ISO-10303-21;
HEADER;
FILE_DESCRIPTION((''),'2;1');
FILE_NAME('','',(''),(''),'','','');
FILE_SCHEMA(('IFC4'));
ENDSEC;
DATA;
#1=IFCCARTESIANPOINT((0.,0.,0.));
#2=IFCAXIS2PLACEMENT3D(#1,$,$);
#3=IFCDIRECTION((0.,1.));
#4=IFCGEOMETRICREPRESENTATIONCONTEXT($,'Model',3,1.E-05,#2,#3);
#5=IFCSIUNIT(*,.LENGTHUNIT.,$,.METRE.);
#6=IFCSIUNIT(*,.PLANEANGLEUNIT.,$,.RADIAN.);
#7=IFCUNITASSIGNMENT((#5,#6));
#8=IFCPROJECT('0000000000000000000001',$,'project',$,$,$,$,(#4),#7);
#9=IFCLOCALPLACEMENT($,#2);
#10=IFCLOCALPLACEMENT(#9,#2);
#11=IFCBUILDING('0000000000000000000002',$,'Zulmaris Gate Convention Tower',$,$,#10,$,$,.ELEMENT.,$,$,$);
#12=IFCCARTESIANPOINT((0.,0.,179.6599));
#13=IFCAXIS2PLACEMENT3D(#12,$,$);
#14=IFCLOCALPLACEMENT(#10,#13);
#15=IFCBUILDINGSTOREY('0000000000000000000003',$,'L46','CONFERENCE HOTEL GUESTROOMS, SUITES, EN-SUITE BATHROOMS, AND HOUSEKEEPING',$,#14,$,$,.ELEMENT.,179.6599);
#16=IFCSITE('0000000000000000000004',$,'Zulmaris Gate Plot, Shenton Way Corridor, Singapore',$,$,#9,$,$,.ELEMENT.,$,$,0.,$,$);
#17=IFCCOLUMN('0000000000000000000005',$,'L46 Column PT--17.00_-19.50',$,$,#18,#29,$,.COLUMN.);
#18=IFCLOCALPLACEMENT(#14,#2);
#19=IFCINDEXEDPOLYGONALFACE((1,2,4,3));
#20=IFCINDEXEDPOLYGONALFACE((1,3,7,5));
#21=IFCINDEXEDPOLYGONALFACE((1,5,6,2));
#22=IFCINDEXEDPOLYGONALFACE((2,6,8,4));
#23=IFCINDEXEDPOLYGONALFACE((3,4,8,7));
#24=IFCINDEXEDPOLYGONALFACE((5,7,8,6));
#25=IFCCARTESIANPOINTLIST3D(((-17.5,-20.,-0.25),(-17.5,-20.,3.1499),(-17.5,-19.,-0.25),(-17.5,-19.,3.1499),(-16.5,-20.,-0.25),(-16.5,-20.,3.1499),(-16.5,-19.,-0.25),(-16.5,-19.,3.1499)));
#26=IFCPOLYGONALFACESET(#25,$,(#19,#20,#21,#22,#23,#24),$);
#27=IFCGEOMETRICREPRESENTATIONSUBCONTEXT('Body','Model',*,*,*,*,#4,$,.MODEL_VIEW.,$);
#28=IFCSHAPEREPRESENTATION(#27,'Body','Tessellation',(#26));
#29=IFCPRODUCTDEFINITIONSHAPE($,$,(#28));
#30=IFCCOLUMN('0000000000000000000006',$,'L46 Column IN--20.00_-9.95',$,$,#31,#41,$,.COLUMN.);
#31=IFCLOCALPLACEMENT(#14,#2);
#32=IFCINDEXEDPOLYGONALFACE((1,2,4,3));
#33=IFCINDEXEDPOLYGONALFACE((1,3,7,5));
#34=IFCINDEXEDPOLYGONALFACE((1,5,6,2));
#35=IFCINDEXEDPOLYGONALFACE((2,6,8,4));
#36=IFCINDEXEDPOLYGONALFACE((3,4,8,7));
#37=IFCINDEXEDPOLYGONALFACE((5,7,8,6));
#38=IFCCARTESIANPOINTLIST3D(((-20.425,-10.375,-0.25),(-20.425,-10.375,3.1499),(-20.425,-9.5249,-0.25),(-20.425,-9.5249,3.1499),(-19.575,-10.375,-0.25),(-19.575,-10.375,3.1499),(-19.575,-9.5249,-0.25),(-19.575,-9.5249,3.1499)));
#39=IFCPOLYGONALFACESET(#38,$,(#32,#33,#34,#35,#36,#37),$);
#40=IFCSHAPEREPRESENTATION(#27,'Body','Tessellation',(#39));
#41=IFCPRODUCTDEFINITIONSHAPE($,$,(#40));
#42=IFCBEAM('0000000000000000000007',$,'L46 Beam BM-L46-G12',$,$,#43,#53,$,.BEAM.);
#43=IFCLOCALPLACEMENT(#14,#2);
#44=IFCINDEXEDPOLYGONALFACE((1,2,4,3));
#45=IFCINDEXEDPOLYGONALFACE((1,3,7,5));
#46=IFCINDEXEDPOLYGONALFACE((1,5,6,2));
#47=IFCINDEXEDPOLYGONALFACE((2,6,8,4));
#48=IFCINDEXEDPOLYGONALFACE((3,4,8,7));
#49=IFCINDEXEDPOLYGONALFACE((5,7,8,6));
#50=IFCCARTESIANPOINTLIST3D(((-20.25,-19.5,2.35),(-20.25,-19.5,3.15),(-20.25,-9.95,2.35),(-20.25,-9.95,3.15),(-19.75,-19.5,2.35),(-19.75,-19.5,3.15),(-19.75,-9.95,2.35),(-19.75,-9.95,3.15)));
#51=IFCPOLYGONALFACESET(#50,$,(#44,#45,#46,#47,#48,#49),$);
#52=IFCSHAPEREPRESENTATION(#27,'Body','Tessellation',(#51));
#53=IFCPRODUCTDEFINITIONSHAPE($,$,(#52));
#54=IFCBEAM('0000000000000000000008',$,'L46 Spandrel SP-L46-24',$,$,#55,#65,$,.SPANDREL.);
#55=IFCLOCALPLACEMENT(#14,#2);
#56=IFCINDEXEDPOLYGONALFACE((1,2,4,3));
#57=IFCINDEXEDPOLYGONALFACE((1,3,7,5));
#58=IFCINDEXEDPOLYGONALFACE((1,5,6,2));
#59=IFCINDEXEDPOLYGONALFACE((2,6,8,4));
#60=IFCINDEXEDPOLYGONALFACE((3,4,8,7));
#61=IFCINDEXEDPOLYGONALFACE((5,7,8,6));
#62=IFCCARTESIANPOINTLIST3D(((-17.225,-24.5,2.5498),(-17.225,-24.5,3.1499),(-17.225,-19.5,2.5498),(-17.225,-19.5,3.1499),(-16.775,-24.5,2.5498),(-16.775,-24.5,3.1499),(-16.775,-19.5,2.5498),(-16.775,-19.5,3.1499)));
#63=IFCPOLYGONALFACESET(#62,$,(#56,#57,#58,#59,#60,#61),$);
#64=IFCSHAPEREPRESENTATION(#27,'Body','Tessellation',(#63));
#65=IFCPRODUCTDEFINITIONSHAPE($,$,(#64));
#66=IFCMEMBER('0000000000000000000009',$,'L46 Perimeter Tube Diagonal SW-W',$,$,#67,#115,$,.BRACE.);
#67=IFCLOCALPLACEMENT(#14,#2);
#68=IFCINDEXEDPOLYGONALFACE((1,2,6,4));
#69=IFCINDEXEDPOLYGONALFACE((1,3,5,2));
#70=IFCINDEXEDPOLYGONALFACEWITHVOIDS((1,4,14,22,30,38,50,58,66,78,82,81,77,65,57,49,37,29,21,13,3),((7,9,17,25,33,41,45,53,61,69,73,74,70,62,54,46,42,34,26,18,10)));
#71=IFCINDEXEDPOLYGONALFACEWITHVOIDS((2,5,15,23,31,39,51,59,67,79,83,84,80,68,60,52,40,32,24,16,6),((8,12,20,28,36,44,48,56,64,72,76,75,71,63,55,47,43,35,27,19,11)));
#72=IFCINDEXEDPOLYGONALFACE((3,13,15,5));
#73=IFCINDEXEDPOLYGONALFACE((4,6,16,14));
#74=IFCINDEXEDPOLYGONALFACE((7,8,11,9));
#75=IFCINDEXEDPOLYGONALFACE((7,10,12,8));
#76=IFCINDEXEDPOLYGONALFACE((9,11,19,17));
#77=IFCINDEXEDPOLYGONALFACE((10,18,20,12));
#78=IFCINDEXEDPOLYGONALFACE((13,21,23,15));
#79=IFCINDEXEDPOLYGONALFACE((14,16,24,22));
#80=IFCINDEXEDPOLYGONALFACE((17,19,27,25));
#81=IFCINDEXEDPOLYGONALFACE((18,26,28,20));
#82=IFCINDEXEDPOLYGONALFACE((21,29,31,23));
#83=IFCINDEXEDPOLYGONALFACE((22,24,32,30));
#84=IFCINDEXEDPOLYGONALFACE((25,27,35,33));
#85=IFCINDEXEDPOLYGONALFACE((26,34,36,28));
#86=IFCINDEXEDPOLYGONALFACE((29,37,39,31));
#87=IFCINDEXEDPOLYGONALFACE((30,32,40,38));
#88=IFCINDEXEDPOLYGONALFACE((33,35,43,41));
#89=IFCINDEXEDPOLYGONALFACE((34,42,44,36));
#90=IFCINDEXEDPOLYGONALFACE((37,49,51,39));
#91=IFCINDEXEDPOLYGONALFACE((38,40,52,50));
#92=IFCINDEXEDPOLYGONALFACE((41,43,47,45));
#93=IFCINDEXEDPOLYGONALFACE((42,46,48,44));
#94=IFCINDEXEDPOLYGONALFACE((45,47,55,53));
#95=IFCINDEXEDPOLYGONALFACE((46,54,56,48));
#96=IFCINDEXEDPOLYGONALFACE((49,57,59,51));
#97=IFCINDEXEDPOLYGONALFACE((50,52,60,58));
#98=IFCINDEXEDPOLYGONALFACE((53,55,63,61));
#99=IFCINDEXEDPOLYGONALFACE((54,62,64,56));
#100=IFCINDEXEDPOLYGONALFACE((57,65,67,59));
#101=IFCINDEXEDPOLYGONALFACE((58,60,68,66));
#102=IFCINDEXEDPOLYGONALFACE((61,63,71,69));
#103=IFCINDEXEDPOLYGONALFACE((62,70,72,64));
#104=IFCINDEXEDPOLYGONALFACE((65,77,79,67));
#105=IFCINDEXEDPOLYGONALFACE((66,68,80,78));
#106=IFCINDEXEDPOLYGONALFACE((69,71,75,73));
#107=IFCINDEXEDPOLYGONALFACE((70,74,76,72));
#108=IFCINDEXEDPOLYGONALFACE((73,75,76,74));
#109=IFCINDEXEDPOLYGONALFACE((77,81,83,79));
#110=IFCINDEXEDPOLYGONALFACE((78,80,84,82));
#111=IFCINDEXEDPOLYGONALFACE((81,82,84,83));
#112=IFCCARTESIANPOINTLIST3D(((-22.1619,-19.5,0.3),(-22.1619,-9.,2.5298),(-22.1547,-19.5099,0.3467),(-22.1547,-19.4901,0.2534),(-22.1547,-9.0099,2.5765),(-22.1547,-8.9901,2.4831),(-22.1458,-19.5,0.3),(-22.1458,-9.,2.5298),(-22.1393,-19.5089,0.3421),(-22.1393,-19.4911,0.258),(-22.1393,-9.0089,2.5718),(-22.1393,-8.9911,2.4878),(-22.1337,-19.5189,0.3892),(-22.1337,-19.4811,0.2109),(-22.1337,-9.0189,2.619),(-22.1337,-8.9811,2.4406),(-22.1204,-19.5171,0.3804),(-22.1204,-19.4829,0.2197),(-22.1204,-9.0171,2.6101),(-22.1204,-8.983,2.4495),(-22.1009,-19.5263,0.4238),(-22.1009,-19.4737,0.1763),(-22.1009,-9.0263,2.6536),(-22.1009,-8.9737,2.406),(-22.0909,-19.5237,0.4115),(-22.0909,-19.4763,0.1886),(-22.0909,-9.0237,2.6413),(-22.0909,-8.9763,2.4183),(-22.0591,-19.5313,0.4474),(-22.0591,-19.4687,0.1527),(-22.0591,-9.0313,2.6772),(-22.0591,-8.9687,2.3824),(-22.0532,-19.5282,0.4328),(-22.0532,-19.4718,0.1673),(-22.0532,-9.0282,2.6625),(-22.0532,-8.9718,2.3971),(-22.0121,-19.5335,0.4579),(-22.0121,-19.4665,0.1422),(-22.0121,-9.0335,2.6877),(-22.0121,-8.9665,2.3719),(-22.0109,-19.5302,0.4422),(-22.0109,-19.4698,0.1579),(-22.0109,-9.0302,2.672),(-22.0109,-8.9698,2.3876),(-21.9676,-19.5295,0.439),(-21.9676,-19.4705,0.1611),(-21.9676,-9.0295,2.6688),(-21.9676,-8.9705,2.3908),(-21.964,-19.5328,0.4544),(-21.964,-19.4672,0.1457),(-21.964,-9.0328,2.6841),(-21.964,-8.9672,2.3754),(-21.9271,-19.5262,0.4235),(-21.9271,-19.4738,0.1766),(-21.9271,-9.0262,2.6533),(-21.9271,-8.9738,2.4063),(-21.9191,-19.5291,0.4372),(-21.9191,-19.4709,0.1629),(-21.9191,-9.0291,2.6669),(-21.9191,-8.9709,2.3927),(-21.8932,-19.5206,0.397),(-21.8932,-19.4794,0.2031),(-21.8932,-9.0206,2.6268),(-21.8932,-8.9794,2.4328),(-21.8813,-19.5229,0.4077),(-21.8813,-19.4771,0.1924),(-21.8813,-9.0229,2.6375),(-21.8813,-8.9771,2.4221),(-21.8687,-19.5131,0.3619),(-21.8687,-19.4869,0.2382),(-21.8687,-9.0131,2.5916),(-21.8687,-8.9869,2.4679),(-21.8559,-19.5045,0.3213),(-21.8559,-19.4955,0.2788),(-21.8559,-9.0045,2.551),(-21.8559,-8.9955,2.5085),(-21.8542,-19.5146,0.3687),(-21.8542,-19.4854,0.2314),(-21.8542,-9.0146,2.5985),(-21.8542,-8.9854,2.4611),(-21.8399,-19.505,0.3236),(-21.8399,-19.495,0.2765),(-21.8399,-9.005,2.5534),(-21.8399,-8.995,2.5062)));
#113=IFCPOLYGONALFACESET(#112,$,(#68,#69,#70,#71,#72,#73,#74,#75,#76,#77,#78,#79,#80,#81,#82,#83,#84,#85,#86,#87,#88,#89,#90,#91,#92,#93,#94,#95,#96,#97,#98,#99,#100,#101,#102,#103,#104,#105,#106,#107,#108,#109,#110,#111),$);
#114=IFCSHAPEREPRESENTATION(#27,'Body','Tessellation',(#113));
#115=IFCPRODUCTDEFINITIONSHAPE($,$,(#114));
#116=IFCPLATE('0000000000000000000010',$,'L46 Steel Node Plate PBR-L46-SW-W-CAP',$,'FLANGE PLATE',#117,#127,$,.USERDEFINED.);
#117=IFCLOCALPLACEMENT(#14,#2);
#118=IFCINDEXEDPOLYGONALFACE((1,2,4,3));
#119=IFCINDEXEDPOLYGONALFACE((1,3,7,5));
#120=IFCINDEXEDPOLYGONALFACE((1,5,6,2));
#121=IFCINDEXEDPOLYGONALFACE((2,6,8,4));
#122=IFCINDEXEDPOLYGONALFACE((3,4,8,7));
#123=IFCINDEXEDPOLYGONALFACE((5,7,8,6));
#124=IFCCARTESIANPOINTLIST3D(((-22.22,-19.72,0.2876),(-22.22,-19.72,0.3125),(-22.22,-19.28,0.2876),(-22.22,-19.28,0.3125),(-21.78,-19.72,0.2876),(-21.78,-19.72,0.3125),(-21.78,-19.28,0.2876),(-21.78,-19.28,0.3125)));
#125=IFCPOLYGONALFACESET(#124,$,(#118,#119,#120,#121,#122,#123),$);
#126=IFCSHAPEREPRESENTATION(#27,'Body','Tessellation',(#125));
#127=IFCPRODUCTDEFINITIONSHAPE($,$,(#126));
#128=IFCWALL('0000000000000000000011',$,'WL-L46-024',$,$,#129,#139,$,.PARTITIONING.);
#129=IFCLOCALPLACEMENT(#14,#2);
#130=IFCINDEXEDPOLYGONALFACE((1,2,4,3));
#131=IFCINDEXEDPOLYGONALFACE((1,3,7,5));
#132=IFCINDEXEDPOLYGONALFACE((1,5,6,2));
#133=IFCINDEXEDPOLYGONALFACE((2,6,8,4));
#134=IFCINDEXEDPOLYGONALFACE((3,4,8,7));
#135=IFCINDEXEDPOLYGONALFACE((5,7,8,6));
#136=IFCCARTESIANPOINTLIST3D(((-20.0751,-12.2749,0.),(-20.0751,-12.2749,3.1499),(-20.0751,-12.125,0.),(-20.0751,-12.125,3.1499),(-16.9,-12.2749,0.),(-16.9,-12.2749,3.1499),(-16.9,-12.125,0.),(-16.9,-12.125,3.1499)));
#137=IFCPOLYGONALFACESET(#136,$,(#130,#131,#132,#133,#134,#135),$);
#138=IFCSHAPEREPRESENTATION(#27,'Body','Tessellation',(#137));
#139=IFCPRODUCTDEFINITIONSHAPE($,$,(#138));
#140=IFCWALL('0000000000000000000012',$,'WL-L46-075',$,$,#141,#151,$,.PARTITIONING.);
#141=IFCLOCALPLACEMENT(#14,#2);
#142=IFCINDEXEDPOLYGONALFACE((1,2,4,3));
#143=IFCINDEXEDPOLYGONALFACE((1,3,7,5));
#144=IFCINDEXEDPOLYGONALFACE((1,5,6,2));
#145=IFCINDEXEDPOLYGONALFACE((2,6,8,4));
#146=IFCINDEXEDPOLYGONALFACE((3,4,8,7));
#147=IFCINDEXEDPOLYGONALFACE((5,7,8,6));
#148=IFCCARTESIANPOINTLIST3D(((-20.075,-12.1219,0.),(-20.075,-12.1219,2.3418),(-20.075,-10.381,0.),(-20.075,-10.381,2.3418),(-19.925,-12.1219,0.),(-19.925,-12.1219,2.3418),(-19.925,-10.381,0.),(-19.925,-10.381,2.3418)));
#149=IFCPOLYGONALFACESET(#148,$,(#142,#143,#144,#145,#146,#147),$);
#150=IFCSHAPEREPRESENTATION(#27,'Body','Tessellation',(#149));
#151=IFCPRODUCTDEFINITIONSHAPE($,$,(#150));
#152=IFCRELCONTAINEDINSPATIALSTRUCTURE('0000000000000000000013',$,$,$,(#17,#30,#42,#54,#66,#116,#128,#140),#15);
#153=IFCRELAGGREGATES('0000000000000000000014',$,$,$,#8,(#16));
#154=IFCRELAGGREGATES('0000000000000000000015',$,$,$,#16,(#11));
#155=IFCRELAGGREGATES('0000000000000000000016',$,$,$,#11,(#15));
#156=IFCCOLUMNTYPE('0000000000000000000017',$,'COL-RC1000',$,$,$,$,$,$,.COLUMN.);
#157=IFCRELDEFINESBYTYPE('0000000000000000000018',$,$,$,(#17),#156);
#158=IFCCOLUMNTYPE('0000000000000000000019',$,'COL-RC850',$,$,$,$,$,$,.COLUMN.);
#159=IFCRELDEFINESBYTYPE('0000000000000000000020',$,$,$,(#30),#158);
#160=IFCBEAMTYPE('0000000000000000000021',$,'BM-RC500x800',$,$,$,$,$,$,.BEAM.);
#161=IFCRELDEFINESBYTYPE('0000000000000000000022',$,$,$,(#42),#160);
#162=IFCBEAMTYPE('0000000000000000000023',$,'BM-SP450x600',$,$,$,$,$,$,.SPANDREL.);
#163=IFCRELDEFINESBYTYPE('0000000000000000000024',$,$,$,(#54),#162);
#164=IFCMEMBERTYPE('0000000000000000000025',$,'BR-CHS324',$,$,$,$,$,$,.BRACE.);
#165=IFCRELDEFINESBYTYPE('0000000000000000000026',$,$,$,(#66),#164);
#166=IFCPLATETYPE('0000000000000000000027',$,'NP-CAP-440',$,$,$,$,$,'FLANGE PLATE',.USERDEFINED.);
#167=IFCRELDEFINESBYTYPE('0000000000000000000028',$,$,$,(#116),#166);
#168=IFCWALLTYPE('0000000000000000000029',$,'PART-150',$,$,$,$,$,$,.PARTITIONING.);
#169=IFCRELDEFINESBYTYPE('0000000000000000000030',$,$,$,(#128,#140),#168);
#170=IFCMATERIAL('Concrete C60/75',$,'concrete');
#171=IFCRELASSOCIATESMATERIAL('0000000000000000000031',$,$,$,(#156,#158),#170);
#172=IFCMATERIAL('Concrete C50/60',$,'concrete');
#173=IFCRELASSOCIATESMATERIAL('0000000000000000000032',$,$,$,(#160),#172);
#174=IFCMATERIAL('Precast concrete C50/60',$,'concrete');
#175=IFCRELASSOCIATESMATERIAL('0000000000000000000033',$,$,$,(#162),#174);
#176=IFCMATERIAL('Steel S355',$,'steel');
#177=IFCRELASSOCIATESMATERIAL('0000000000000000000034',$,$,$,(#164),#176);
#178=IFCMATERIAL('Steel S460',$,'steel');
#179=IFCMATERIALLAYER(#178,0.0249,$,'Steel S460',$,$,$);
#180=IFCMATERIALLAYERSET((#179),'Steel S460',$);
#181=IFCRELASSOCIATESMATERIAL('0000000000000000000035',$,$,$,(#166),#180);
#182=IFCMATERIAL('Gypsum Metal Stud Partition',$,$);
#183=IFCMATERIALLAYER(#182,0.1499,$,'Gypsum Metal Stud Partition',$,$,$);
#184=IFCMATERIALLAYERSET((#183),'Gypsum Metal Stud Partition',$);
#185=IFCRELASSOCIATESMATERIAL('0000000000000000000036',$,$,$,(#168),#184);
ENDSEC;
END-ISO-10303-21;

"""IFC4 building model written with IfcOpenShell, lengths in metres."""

from ifc_helpers import new_model, si_unit, direction, frame, frame_2d, origin, origin_2d, place, context, subcontext, project, spatial, rectangle, hollow_circle, extrude, material, layer, layer_set, material_profile, profile_set, type_object, element, save


model = new_model("IFC4")

# Units and contexts
model_context = context("Model", 3, precision=1e-05, world=origin(), true_north=direction((0.0, 1.0)))
body_context = subcontext(model_context, "Body", "Model", "MODEL_VIEW")
ifc_project = project(units=[si_unit("LENGTHUNIT", "METRE"), si_unit("PLANEANGLEUNIT", "RADIAN")], contexts=[model_context])

# Site, building, storey
site_placement = place(None, origin())
site = spatial("IfcSite", under=ifc_project, at=site_placement, Name="Zulmaris Gate Plot, Shenton Way Corridor, Singapore", CompositionType="ELEMENT", RefElevation=0.0)
building_placement = place(site_placement, origin())
building = spatial("IfcBuilding", under=site, at=building_placement, Name="Zulmaris Gate Convention Tower", CompositionType="ELEMENT")
storey_placement = place(building_placement, frame((0.0, 0.0, 179.6599)))
storey = spatial("IfcBuildingStorey", under=building, at=storey_placement, Name="L46", Description="CONFERENCE HOTEL GUESTROOMS, SUITES, EN-SUITE BATHROOMS, AND HOUSEKEEPING", CompositionType="ELEMENT", Elevation=179.6599)

# Columns
ifc_material_1 = material(Name="Concrete C60/75", Category="concrete")
ifc_material_profile_1 = material_profile(ifc_material_1, rectangle(XDim=1.0, YDim=1.0, at=origin_2d()), Name="RC COL 1000x1000")
ifc_profile_set_1 = profile_set([ifc_material_profile_1], Name="Concrete C60/75")
column_type_1 = type_object("IfcColumnType", Name="COL-RC1000", PredefinedType="COLUMN", material=ifc_profile_set_1)
column_1_placement = place(storey_placement, frame((-17.0, -19.5, -0.25), z_axis=(0.0, 0.0, 1.0), x_axis=(1.0, 0.0, 0.0)))
element("IfcColumn", 1, at=column_1_placement, inside=storey, type_object=column_type_1, Name="L46 Column PT--17.00_-19.50", PredefinedType="COLUMN", context=body_context, shape_type="SweptSolid", body=[
    extrude(rectangle(XDim=1.0, YDim=1.0, at=origin_2d()), origin(), (0.0, 0.0, 1.0), 3.3999),
])
ifc_material_profile_2 = material_profile(ifc_material_1, rectangle(XDim=0.8501, YDim=0.8501, at=origin_2d()), Name="RC COL 850x850")
ifc_profile_set_2 = profile_set([ifc_material_profile_2], Name="Concrete C60/75")
column_type_2 = type_object("IfcColumnType", Name="COL-RC850", PredefinedType="COLUMN", material=ifc_profile_set_2)
column_2_placement = place(storey_placement, frame((-20.0, -9.95, -0.25), z_axis=(0.0, 0.0, 1.0), x_axis=(1.0, 0.0, 0.0)))
element("IfcColumn", 2, at=column_2_placement, inside=storey, type_object=column_type_2, Name="L46 Column IN--20.00_-9.95", PredefinedType="COLUMN", context=body_context, shape_type="SweptSolid", body=[
    extrude(rectangle(XDim=0.8501, YDim=0.8501, at=origin_2d()), origin(), (0.0, 0.0, 1.0), 3.3999),
])

# Beams
ifc_material_2 = material(Name="Concrete C50/60", Category="concrete")
ifc_material_profile_3 = material_profile(ifc_material_2, rectangle(XDim=0.5, YDim=0.8, at=origin_2d()), Name="RC BEAM 500x800")
ifc_profile_set_3 = profile_set([ifc_material_profile_3], Name="Concrete C50/60")
beam_type_1 = type_object("IfcBeamType", Name="BM-RC500x800", PredefinedType="BEAM", material=ifc_profile_set_3)
beam_1_placement = place(storey_placement, frame((-20.0, -19.5, 2.75), z_axis=(0.0, 1.0, 0.0), x_axis=(-1.0, 0.0, 0.0)))
element("IfcBeam", 3, at=beam_1_placement, inside=storey, type_object=beam_type_1, Name="L46 Beam BM-L46-G12", PredefinedType="BEAM", context=body_context, shape_type="SweptSolid", body=[
    extrude(rectangle(XDim=0.5, YDim=0.8, at=origin_2d()), origin(), (0.0, 0.0, 1.0), 9.55),
])
ifc_material_3 = material(Name="Precast concrete C50/60", Category="concrete")
ifc_material_profile_4 = material_profile(ifc_material_3, rectangle(XDim=0.45, YDim=0.6001, at=origin_2d()), Name="RC SPANDREL 450x600")
ifc_profile_set_4 = profile_set([ifc_material_profile_4], Name="Precast concrete C50/60")
beam_type_2 = type_object("IfcBeamType", Name="BM-SP450x600", PredefinedType="SPANDREL", material=ifc_profile_set_4)
beam_2_placement = place(storey_placement, frame((-17.0, -19.5, 2.8499), z_axis=(0.0, -1.0, 0.0), x_axis=(1.0, 0.0, 0.0)))
element("IfcBeam", 4, at=beam_2_placement, inside=storey, type_object=beam_type_2, Name="L46 Spandrel SP-L46-24", PredefinedType="SPANDREL", context=body_context, shape_type="SweptSolid", body=[
    extrude(rectangle(XDim=0.45, YDim=0.6001, at=origin_2d()), origin(), (0.0, 0.0, 1.0), 5.0),
])

# Member
ifc_material_4 = material(Name="Steel S355", Category="steel")
ifc_material_profile_5 = material_profile(ifc_material_4, hollow_circle(Radius=0.1619, WallThickness=0.0161, at=origin_2d()), Name="CHS 323.9x16")
ifc_profile_set_5 = profile_set([ifc_material_profile_5], Name="Steel S355")
member_type = type_object("IfcMemberType", Name="BR-CHS324", PredefinedType="BRACE", material=ifc_profile_set_5)
member_placement = place(storey_placement, frame((-22.0, -19.5, 0.3), z_axis=(0.0, 0.978188, 0.207724), x_axis=(-1.0, 0.0, 0.0)))
element("IfcMember", 5, at=member_placement, inside=storey, type_object=member_type, Name="L46 Perimeter Tube Diagonal SW-W", PredefinedType="BRACE", context=body_context, shape_type="SweptSolid", body=[
    extrude(hollow_circle(Radius=0.1619, WallThickness=0.0161, at=origin_2d()), origin(), (0.0, 0.0, 1.0), 10.7341),
])

# Plate
ifc_material_5 = material(Name="Steel S460", Category="steel")
ifc_layer_1 = layer(ifc_material_5, 0.0249, Name="Steel S460")
ifc_layer_set_1 = layer_set([ifc_layer_1], Name="Steel S460")
plate_type = type_object("IfcPlateType", Name="NP-CAP-440", ElementType="FLANGE PLATE", PredefinedType="USERDEFINED", material=ifc_layer_set_1)
plate_placement = place(storey_placement, frame((-22.0, -19.5, 0.2876), z_axis=(0.0, 0.0, 1.0), x_axis=(1.0, 0.0, 0.0)))
element("IfcPlate", 6, at=plate_placement, inside=storey, type_object=plate_type, Name="L46 Steel Node Plate PBR-L46-SW-W-CAP", ObjectType="FLANGE PLATE", PredefinedType="USERDEFINED", context=body_context, shape_type="SweptSolid", body=[
    extrude(rectangle(XDim=0.4399, YDim=0.4399, at=origin_2d()), origin(), (0.0, 0.0, 1.0), 0.0249),
])

# Walls
ifc_material_6 = material(Name="Gypsum Metal Stud Partition")
ifc_layer_2 = layer(ifc_material_6, 0.1499, Name="Gypsum Metal Stud Partition")
ifc_layer_set_2 = layer_set([ifc_layer_2], Name="Gypsum Metal Stud Partition")
wall_type_1 = type_object("IfcWallType", Name="PART-150", PredefinedType="PARTITIONING", material=ifc_layer_set_2)
wall_1_placement = place(storey_placement, frame((-20.075, -12.2, 0.0), z_axis=(0.0, 0.0, 1.0), x_axis=(1.0, 0.0, 0.0)))
element("IfcWall", 7, at=wall_1_placement, inside=storey, type_object=wall_type_1, Name="WL-L46-024", PredefinedType="PARTITIONING", context=body_context, shape_type="SweptSolid", body=[
    extrude(rectangle(XDim=3.175, YDim=0.1499, at=frame_2d((1.5874, 0.0))), origin(), (0.0, 0.0, 1.0), 3.1499),
])
wall_2_placement = place(storey_placement, frame((-20.0, -12.1221, 0.0), z_axis=(0.0, 0.0, 1.0), x_axis=(0.0, 1.0, 0.0)))
element("IfcWall", 8, at=wall_2_placement, inside=storey, type_object=wall_type_1, Name="WL-L46-075", PredefinedType="PARTITIONING", context=body_context, shape_type="SweptSolid", body=[
    extrude(rectangle(XDim=1.741, YDim=0.1499, at=frame_2d((0.8706, 0.0))), origin(), (0.0, 0.0, 1.0), 2.3418),
])

save(model, "model.ifc")
